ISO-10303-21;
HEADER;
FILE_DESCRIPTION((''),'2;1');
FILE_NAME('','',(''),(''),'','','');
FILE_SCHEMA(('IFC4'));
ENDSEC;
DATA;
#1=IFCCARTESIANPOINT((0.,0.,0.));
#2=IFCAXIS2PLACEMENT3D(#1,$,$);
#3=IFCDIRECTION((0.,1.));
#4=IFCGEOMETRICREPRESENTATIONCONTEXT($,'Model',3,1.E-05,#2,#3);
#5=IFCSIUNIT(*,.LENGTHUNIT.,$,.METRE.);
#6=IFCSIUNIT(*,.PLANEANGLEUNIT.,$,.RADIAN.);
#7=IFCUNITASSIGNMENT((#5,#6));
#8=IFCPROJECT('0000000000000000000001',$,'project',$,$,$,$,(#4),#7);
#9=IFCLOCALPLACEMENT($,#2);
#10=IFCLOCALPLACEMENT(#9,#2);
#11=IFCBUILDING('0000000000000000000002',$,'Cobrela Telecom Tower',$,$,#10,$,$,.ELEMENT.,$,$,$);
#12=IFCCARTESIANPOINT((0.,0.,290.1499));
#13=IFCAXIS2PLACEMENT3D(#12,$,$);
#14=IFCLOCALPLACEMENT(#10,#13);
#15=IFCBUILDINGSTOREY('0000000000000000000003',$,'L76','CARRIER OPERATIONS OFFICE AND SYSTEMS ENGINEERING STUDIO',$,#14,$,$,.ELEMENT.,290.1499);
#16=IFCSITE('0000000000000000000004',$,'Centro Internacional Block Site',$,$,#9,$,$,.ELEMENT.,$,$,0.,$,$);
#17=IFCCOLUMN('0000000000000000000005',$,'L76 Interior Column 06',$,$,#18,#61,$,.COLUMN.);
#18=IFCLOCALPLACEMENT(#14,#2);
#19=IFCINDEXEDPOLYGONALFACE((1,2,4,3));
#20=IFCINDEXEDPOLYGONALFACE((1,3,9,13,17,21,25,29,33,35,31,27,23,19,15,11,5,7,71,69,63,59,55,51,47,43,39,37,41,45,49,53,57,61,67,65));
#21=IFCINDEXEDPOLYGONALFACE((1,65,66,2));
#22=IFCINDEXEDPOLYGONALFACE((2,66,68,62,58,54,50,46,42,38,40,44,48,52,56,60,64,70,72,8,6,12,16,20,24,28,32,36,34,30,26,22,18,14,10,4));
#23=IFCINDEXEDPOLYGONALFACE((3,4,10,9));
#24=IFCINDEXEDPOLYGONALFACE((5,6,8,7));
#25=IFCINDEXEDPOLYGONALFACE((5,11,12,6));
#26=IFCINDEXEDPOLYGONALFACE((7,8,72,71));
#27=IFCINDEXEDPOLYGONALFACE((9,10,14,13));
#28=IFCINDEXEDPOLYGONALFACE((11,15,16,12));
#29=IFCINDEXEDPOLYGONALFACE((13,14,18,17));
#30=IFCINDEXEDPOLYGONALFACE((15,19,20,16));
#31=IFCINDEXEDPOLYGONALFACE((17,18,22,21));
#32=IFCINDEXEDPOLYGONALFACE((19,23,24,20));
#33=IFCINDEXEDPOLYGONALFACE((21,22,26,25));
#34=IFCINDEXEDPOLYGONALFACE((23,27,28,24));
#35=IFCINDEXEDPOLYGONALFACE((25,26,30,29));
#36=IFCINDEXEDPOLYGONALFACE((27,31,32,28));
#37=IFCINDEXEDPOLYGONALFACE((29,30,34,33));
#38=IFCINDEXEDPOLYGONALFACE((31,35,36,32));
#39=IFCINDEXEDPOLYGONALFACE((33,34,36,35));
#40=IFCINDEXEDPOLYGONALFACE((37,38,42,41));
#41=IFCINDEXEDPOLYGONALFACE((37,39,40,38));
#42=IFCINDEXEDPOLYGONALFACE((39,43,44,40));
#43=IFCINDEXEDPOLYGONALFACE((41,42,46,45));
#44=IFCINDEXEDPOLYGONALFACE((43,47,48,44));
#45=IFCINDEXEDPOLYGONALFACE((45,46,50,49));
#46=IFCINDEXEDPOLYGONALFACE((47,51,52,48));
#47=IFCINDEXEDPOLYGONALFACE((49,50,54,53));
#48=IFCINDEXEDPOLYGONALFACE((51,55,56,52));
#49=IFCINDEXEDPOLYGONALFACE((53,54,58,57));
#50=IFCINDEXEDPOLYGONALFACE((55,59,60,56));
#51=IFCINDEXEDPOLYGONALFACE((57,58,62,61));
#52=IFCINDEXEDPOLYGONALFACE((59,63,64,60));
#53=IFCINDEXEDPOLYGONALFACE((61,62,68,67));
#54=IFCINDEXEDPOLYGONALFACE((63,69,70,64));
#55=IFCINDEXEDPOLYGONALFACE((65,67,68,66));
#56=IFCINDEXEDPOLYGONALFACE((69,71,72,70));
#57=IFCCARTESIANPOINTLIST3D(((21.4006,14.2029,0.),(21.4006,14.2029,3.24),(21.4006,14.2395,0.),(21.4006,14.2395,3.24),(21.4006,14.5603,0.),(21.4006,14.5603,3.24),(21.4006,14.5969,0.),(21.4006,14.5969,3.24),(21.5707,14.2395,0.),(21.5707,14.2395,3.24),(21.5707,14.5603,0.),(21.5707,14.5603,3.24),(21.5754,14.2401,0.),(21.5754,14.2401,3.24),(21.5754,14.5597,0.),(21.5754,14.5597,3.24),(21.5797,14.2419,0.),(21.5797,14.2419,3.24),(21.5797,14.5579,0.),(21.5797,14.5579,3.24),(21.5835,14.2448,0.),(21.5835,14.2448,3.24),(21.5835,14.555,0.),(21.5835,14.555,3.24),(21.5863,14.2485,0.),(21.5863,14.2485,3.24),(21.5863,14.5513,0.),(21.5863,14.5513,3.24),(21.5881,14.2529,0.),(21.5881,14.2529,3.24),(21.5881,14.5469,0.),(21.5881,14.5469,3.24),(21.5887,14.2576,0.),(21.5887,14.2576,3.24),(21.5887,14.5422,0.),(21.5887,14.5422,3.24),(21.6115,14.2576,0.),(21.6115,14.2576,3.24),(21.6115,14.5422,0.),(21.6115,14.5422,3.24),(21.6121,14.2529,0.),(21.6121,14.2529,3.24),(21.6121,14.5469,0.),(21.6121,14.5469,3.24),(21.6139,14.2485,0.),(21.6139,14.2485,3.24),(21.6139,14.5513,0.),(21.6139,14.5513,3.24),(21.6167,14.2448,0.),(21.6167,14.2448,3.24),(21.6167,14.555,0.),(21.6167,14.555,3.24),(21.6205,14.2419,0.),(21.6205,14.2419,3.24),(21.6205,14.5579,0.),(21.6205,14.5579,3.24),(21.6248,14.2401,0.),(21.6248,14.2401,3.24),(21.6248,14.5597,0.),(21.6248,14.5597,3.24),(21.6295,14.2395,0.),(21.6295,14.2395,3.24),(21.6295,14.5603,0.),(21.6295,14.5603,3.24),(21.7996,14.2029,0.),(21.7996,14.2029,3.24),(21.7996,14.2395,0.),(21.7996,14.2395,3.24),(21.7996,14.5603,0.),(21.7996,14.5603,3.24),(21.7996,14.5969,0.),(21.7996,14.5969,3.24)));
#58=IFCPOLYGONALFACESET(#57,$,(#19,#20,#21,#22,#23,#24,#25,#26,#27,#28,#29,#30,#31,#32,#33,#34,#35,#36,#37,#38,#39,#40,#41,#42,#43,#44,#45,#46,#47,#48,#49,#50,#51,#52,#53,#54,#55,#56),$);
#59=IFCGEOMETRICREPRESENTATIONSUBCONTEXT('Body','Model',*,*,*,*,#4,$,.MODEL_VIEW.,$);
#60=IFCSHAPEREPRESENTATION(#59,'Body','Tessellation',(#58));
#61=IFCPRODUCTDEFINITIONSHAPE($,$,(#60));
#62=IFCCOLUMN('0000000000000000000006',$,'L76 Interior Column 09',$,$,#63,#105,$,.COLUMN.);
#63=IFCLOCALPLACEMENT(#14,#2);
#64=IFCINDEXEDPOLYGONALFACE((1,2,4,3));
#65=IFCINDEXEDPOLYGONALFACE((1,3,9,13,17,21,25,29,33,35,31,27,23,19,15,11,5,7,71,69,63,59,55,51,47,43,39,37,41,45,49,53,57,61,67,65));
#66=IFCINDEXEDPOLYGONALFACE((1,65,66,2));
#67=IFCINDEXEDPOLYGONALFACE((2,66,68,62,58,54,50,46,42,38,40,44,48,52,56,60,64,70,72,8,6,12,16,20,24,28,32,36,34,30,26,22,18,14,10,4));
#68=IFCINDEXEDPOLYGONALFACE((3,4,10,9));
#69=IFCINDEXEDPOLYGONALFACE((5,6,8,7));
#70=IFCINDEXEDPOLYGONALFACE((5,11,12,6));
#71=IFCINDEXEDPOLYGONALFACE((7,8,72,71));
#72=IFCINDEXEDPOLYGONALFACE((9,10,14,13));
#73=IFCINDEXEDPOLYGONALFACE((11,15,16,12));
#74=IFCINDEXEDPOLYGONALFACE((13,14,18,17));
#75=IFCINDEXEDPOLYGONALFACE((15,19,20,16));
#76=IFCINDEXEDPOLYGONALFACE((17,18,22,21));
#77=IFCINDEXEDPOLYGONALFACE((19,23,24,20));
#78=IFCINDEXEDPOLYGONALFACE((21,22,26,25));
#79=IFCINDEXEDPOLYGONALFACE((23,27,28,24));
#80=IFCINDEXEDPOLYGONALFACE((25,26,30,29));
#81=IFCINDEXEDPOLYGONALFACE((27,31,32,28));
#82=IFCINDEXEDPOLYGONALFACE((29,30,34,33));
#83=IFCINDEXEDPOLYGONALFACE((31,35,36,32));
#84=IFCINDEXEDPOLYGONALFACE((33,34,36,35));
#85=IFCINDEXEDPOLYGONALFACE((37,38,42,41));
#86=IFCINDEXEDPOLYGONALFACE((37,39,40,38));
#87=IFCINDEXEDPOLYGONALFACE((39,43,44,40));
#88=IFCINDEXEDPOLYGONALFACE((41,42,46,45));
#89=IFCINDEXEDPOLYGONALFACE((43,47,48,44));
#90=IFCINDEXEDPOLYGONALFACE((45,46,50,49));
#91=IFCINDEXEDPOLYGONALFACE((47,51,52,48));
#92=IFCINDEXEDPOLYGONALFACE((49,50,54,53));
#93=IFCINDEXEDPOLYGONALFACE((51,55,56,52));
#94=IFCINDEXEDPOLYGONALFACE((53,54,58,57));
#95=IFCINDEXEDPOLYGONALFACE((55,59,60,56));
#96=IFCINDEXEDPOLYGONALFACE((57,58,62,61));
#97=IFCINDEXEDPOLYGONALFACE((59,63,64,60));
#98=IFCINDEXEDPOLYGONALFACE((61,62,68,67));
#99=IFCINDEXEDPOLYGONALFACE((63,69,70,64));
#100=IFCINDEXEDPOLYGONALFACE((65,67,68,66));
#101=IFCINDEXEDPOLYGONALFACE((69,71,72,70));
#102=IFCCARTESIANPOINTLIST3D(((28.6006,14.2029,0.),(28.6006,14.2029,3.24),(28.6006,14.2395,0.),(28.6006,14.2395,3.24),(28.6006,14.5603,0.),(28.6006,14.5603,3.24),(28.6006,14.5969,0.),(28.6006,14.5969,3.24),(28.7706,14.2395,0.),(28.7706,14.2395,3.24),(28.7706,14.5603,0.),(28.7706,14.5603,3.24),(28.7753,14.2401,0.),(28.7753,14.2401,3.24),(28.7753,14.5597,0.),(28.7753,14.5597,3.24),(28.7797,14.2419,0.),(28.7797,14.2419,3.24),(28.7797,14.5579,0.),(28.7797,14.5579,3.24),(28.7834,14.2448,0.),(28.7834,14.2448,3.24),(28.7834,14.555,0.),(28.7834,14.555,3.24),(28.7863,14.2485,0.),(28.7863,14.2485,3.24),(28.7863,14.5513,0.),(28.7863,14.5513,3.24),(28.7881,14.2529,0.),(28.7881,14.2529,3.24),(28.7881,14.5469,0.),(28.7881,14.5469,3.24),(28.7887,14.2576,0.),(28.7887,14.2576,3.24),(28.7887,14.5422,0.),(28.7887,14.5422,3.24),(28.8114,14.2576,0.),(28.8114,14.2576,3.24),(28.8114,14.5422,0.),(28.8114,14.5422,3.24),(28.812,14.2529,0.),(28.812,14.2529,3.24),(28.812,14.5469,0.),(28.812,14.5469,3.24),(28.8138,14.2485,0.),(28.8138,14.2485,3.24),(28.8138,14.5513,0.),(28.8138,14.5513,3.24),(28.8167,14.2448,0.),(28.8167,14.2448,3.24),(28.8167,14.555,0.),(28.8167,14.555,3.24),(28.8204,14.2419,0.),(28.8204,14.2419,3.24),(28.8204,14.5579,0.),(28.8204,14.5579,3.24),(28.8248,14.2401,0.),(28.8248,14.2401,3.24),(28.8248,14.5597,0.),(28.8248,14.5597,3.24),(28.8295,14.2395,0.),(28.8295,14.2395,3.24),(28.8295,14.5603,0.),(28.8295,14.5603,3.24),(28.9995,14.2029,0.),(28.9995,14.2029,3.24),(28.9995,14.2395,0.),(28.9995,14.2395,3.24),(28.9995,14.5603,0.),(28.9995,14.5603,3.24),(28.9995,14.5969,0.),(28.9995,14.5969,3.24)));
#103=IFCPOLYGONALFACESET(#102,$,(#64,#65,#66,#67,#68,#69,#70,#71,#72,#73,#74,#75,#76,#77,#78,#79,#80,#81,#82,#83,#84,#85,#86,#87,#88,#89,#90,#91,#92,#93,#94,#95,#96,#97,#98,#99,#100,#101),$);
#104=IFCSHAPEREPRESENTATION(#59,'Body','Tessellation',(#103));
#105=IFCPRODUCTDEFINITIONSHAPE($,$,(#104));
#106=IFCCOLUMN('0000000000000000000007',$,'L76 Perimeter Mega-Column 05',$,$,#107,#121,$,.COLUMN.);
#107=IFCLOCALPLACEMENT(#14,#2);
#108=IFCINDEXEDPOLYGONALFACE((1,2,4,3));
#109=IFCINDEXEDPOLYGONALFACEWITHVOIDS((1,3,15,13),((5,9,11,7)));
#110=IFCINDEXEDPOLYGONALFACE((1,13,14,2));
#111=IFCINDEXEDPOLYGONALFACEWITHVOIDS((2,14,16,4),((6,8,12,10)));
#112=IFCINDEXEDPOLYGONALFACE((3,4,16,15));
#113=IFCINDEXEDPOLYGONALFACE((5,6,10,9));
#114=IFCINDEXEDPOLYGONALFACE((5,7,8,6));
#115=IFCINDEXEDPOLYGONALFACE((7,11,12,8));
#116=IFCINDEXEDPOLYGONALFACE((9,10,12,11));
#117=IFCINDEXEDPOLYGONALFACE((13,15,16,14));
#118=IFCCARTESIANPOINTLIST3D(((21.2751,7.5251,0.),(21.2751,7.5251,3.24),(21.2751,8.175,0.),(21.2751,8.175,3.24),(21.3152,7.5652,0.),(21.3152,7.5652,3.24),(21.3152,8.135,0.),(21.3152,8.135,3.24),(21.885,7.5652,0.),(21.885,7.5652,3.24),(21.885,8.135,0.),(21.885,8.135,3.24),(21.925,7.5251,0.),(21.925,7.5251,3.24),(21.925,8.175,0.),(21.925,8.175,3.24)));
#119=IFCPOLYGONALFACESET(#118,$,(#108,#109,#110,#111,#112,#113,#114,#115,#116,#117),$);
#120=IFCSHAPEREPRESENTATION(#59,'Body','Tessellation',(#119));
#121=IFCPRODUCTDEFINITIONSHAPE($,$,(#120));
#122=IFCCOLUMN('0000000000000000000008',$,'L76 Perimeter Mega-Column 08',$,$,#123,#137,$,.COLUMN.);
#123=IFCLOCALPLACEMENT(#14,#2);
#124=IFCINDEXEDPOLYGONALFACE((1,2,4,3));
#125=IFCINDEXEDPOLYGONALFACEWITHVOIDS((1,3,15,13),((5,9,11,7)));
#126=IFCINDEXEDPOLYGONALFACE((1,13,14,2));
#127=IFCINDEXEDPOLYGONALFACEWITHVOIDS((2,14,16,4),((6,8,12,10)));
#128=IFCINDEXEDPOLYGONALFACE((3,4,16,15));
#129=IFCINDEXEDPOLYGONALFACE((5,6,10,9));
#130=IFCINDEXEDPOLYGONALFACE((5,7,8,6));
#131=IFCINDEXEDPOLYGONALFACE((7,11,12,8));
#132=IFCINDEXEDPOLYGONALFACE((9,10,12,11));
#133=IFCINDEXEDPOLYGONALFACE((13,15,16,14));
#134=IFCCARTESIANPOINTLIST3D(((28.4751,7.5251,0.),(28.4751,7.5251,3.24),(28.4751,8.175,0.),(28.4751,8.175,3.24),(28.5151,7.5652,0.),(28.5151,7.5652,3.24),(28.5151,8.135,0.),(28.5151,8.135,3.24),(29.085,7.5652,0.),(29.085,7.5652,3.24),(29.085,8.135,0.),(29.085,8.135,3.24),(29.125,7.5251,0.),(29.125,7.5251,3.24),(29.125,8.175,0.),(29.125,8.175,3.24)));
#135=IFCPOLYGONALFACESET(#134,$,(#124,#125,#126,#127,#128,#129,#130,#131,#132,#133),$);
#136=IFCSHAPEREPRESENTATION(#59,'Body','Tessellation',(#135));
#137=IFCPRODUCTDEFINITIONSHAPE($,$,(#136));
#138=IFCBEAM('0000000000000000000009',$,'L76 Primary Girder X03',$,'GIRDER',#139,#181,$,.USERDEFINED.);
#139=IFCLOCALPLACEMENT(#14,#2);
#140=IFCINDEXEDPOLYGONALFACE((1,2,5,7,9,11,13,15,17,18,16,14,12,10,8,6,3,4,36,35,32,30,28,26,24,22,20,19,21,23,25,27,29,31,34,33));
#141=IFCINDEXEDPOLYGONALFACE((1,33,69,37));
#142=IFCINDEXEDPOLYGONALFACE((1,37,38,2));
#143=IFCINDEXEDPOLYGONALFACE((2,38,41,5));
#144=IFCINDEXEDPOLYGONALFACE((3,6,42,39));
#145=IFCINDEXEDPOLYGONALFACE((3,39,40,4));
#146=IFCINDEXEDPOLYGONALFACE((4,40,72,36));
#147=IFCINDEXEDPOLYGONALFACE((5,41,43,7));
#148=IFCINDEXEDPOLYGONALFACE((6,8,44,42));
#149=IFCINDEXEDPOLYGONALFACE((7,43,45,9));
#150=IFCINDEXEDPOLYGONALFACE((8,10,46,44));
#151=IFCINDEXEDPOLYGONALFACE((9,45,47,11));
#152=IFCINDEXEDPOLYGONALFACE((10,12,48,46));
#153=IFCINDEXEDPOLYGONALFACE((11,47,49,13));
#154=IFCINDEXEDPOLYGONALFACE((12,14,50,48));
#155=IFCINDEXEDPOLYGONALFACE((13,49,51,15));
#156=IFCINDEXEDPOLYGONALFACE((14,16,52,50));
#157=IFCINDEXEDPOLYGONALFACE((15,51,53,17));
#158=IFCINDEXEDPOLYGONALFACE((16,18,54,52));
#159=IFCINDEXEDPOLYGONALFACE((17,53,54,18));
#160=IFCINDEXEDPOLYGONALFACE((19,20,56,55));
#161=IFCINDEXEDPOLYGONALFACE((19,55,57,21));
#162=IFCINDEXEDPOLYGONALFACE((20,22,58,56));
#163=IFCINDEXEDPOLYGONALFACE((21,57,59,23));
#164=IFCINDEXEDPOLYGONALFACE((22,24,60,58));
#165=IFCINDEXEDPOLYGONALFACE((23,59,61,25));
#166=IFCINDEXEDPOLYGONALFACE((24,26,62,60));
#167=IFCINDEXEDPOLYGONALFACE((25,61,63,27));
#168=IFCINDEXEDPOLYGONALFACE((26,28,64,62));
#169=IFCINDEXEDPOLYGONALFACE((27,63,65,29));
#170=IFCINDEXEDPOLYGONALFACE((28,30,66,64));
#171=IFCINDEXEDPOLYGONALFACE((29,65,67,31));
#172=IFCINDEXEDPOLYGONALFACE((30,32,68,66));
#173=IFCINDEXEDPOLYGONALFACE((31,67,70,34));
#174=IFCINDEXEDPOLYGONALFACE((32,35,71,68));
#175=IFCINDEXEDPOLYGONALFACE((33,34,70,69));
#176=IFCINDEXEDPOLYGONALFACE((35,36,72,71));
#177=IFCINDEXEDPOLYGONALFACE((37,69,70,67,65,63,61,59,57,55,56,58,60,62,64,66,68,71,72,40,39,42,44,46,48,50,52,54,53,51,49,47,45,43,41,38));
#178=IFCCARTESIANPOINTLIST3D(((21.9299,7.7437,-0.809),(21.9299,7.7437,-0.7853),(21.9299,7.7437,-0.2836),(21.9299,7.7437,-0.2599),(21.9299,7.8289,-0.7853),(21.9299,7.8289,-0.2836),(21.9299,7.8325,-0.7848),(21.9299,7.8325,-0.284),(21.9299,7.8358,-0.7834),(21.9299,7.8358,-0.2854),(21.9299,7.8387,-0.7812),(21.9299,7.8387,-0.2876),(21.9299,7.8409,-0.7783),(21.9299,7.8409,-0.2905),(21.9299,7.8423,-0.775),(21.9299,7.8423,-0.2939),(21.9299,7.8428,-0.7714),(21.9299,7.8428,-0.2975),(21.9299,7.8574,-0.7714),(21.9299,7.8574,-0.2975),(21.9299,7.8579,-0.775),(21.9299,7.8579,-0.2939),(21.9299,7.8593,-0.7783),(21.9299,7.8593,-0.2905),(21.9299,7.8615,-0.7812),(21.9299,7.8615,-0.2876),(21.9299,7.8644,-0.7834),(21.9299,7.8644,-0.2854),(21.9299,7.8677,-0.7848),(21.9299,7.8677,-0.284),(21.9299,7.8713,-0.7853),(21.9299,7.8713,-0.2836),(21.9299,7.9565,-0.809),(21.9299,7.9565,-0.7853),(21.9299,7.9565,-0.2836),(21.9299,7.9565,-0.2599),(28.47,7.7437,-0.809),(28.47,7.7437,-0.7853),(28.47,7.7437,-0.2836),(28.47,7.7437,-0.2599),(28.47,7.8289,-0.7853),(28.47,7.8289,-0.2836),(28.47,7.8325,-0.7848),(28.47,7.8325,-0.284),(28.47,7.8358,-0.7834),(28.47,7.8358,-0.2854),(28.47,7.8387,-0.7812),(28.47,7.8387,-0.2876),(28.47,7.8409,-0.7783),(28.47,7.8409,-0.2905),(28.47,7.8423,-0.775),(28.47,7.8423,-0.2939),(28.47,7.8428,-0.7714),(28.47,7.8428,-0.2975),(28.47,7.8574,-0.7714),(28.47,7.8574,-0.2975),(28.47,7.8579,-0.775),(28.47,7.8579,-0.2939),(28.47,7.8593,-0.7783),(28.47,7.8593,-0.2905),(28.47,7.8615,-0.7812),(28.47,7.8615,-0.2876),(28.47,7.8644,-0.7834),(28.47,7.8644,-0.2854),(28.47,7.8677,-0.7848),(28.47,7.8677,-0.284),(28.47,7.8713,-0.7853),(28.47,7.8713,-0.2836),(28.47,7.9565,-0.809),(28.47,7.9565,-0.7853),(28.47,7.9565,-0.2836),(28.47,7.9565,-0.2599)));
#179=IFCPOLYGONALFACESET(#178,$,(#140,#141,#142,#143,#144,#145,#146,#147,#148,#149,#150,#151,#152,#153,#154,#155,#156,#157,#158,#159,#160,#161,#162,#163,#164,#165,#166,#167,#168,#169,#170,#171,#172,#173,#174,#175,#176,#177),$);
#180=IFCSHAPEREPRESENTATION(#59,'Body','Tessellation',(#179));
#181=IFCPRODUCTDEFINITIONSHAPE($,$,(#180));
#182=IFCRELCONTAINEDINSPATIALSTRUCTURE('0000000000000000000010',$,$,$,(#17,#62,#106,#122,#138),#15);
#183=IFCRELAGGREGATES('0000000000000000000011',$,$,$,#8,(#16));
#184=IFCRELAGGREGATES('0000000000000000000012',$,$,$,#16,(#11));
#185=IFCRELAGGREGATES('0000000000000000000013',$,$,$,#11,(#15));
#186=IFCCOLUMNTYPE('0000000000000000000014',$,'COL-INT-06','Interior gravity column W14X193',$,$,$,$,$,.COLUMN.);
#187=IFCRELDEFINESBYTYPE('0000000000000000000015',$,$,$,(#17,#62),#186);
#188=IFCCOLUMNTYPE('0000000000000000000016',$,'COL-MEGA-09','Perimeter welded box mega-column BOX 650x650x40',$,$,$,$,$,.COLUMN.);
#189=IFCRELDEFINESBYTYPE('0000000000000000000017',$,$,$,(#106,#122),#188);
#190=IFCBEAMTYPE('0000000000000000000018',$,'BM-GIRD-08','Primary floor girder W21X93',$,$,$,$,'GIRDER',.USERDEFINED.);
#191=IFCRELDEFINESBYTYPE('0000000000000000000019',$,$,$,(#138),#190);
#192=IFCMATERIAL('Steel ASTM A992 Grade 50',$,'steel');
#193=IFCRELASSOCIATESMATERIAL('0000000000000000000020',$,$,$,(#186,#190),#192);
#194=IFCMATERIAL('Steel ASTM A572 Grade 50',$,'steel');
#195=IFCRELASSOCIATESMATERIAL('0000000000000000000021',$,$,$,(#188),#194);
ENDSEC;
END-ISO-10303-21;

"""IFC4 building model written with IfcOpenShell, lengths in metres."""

from ifc_helpers import new_model, si_unit, direction, frame, origin, origin_2d, place, context, subcontext, project, spatial, hollow_rectangle, i_section, extrude, material, material_profile, profile_set, type_object, element, save


model = new_model("IFC4")

# Units and contexts
model_context = context("Model", 3, precision=1e-05, world=origin(), true_north=direction((0.0, 1.0)))
body_context = subcontext(model_context, "Body", "Model", "MODEL_VIEW")
ifc_project = project(units=[si_unit("LENGTHUNIT", "METRE"), si_unit("PLANEANGLEUNIT", "RADIAN")], contexts=[model_context])

# Site, building, storey
site_placement = place(None, origin())
site = spatial("IfcSite", under=ifc_project, at=site_placement, Name="Centro Internacional Block Site", CompositionType="ELEMENT", RefElevation=0.0)
building_placement = place(site_placement, origin())
building = spatial("IfcBuilding", under=site, at=building_placement, Name="Cobrela Telecom Tower", CompositionType="ELEMENT")
storey_placement = place(building_placement, frame((0.0, 0.0, 290.1499)))
storey = spatial("IfcBuildingStorey", under=building, at=storey_placement, Name="L76", Description="CARRIER OPERATIONS OFFICE AND SYSTEMS ENGINEERING STUDIO", CompositionType="ELEMENT", Elevation=290.1499)

# Columns
ifc_material_1 = material(Name="Steel ASTM A992 Grade 50", Category="steel")
ifc_material_profile_1 = material_profile(ifc_material_1, i_section(OverallWidth=0.3989, OverallDepth=0.394, WebThickness=0.0227, FlangeThickness=0.0366, FilletRadius=0.0181, at=origin_2d()), Name="W14X193")
ifc_profile_set_1 = profile_set([ifc_material_profile_1], Name="Steel ASTM A992 Grade 50")
column_type_1 = type_object("IfcColumnType", Name="COL-INT-06", Description="Interior gravity column W14X193", PredefinedType="COLUMN", material=ifc_profile_set_1)
for number, where, z_axis, x_axis, name in (
    (1, (21.6001, 14.3999, 0.0), (0.0, 0.0, 1.0), (1.0, 0.0, 0.0), "L76 Interior Column 06"),
    (2, (28.8, 14.3999, 0.0), (0.0, 0.0, 1.0), (1.0, 0.0, 0.0), "L76 Interior Column 09"),
):
    element("IfcColumn", number, at=place(storey_placement, frame(where, z_axis=z_axis, x_axis=x_axis)), inside=storey, type_object=column_type_1, Name=name, PredefinedType="COLUMN", context=body_context, shape_type="SweptSolid", body=[
        extrude(i_section(OverallWidth=0.3989, OverallDepth=0.394, WebThickness=0.0227, FlangeThickness=0.0366, FilletRadius=0.0181, at=origin_2d()), origin(), (0.0, 0.0, 1.0), 3.24),
    ])
ifc_material_2 = material(Name="Steel ASTM A572 Grade 50", Category="steel")
ifc_material_profile_2 = material_profile(ifc_material_2, hollow_rectangle(XDim=0.6499, YDim=0.6499, WallThickness=0.04, at=origin_2d()), Name="BOX 650x650x40")
ifc_profile_set_2 = profile_set([ifc_material_profile_2], Name="Steel ASTM A572 Grade 50")
column_type_2 = type_object("IfcColumnType", Name="COL-MEGA-09", Description="Perimeter welded box mega-column BOX 650x650x40", PredefinedType="COLUMN", material=ifc_profile_set_2)
for number, where, z_axis, x_axis, name in (
    (3, (21.6001, 7.8501, 0.0), (0.0, 0.0, 1.0), (1.0, 0.0, 0.0), "L76 Perimeter Mega-Column 05"),
    (4, (28.8, 7.8501, 0.0), (0.0, 0.0, 1.0), (1.0, 0.0, 0.0), "L76 Perimeter Mega-Column 08"),
):
    element("IfcColumn", number, at=place(storey_placement, frame(where, z_axis=z_axis, x_axis=x_axis)), inside=storey, type_object=column_type_2, Name=name, PredefinedType="COLUMN", context=body_context, shape_type="SweptSolid", body=[
        extrude(hollow_rectangle(XDim=0.6499, YDim=0.6499, WallThickness=0.04, at=origin_2d()), origin(), (0.0, 0.0, 1.0), 3.24),
    ])

# Beam
ifc_material_profile_3 = material_profile(ifc_material_1, i_section(OverallWidth=0.2129, OverallDepth=0.5491, WebThickness=0.0146, FlangeThickness=0.0237, FilletRadius=0.0139, at=origin_2d()), Name="W21X93")
ifc_profile_set_3 = profile_set([ifc_material_profile_3], Name="Steel ASTM A992 Grade 50")
beam_type_1 = type_object("IfcBeamType", Name="BM-GIRD-08", Description="Primary floor girder W21X93", ElementType="GIRDER", PredefinedType="USERDEFINED", material=ifc_profile_set_3)
for number, where, z_axis, x_axis, name in (
    (5, (21.9299, 7.8501, -0.5344), (1.0, 0.0, 0.0), (0.0, 1.0, 0.0), "L76 Primary Girder X03"),
):
    element("IfcBeam", number, at=place(storey_placement, frame(where, z_axis=z_axis, x_axis=x_axis)), inside=storey, type_object=beam_type_1, Name=name, ObjectType="GIRDER", PredefinedType="USERDEFINED", context=body_context, shape_type="SweptSolid", body=[
        extrude(i_section(OverallWidth=0.2129, OverallDepth=0.5491, WebThickness=0.0146, FlangeThickness=0.0237, FilletRadius=0.0139, at=origin_2d()), origin(), (0.0, 0.0, 1.0), 6.54),
    ])

save(model, "model.ifc")
